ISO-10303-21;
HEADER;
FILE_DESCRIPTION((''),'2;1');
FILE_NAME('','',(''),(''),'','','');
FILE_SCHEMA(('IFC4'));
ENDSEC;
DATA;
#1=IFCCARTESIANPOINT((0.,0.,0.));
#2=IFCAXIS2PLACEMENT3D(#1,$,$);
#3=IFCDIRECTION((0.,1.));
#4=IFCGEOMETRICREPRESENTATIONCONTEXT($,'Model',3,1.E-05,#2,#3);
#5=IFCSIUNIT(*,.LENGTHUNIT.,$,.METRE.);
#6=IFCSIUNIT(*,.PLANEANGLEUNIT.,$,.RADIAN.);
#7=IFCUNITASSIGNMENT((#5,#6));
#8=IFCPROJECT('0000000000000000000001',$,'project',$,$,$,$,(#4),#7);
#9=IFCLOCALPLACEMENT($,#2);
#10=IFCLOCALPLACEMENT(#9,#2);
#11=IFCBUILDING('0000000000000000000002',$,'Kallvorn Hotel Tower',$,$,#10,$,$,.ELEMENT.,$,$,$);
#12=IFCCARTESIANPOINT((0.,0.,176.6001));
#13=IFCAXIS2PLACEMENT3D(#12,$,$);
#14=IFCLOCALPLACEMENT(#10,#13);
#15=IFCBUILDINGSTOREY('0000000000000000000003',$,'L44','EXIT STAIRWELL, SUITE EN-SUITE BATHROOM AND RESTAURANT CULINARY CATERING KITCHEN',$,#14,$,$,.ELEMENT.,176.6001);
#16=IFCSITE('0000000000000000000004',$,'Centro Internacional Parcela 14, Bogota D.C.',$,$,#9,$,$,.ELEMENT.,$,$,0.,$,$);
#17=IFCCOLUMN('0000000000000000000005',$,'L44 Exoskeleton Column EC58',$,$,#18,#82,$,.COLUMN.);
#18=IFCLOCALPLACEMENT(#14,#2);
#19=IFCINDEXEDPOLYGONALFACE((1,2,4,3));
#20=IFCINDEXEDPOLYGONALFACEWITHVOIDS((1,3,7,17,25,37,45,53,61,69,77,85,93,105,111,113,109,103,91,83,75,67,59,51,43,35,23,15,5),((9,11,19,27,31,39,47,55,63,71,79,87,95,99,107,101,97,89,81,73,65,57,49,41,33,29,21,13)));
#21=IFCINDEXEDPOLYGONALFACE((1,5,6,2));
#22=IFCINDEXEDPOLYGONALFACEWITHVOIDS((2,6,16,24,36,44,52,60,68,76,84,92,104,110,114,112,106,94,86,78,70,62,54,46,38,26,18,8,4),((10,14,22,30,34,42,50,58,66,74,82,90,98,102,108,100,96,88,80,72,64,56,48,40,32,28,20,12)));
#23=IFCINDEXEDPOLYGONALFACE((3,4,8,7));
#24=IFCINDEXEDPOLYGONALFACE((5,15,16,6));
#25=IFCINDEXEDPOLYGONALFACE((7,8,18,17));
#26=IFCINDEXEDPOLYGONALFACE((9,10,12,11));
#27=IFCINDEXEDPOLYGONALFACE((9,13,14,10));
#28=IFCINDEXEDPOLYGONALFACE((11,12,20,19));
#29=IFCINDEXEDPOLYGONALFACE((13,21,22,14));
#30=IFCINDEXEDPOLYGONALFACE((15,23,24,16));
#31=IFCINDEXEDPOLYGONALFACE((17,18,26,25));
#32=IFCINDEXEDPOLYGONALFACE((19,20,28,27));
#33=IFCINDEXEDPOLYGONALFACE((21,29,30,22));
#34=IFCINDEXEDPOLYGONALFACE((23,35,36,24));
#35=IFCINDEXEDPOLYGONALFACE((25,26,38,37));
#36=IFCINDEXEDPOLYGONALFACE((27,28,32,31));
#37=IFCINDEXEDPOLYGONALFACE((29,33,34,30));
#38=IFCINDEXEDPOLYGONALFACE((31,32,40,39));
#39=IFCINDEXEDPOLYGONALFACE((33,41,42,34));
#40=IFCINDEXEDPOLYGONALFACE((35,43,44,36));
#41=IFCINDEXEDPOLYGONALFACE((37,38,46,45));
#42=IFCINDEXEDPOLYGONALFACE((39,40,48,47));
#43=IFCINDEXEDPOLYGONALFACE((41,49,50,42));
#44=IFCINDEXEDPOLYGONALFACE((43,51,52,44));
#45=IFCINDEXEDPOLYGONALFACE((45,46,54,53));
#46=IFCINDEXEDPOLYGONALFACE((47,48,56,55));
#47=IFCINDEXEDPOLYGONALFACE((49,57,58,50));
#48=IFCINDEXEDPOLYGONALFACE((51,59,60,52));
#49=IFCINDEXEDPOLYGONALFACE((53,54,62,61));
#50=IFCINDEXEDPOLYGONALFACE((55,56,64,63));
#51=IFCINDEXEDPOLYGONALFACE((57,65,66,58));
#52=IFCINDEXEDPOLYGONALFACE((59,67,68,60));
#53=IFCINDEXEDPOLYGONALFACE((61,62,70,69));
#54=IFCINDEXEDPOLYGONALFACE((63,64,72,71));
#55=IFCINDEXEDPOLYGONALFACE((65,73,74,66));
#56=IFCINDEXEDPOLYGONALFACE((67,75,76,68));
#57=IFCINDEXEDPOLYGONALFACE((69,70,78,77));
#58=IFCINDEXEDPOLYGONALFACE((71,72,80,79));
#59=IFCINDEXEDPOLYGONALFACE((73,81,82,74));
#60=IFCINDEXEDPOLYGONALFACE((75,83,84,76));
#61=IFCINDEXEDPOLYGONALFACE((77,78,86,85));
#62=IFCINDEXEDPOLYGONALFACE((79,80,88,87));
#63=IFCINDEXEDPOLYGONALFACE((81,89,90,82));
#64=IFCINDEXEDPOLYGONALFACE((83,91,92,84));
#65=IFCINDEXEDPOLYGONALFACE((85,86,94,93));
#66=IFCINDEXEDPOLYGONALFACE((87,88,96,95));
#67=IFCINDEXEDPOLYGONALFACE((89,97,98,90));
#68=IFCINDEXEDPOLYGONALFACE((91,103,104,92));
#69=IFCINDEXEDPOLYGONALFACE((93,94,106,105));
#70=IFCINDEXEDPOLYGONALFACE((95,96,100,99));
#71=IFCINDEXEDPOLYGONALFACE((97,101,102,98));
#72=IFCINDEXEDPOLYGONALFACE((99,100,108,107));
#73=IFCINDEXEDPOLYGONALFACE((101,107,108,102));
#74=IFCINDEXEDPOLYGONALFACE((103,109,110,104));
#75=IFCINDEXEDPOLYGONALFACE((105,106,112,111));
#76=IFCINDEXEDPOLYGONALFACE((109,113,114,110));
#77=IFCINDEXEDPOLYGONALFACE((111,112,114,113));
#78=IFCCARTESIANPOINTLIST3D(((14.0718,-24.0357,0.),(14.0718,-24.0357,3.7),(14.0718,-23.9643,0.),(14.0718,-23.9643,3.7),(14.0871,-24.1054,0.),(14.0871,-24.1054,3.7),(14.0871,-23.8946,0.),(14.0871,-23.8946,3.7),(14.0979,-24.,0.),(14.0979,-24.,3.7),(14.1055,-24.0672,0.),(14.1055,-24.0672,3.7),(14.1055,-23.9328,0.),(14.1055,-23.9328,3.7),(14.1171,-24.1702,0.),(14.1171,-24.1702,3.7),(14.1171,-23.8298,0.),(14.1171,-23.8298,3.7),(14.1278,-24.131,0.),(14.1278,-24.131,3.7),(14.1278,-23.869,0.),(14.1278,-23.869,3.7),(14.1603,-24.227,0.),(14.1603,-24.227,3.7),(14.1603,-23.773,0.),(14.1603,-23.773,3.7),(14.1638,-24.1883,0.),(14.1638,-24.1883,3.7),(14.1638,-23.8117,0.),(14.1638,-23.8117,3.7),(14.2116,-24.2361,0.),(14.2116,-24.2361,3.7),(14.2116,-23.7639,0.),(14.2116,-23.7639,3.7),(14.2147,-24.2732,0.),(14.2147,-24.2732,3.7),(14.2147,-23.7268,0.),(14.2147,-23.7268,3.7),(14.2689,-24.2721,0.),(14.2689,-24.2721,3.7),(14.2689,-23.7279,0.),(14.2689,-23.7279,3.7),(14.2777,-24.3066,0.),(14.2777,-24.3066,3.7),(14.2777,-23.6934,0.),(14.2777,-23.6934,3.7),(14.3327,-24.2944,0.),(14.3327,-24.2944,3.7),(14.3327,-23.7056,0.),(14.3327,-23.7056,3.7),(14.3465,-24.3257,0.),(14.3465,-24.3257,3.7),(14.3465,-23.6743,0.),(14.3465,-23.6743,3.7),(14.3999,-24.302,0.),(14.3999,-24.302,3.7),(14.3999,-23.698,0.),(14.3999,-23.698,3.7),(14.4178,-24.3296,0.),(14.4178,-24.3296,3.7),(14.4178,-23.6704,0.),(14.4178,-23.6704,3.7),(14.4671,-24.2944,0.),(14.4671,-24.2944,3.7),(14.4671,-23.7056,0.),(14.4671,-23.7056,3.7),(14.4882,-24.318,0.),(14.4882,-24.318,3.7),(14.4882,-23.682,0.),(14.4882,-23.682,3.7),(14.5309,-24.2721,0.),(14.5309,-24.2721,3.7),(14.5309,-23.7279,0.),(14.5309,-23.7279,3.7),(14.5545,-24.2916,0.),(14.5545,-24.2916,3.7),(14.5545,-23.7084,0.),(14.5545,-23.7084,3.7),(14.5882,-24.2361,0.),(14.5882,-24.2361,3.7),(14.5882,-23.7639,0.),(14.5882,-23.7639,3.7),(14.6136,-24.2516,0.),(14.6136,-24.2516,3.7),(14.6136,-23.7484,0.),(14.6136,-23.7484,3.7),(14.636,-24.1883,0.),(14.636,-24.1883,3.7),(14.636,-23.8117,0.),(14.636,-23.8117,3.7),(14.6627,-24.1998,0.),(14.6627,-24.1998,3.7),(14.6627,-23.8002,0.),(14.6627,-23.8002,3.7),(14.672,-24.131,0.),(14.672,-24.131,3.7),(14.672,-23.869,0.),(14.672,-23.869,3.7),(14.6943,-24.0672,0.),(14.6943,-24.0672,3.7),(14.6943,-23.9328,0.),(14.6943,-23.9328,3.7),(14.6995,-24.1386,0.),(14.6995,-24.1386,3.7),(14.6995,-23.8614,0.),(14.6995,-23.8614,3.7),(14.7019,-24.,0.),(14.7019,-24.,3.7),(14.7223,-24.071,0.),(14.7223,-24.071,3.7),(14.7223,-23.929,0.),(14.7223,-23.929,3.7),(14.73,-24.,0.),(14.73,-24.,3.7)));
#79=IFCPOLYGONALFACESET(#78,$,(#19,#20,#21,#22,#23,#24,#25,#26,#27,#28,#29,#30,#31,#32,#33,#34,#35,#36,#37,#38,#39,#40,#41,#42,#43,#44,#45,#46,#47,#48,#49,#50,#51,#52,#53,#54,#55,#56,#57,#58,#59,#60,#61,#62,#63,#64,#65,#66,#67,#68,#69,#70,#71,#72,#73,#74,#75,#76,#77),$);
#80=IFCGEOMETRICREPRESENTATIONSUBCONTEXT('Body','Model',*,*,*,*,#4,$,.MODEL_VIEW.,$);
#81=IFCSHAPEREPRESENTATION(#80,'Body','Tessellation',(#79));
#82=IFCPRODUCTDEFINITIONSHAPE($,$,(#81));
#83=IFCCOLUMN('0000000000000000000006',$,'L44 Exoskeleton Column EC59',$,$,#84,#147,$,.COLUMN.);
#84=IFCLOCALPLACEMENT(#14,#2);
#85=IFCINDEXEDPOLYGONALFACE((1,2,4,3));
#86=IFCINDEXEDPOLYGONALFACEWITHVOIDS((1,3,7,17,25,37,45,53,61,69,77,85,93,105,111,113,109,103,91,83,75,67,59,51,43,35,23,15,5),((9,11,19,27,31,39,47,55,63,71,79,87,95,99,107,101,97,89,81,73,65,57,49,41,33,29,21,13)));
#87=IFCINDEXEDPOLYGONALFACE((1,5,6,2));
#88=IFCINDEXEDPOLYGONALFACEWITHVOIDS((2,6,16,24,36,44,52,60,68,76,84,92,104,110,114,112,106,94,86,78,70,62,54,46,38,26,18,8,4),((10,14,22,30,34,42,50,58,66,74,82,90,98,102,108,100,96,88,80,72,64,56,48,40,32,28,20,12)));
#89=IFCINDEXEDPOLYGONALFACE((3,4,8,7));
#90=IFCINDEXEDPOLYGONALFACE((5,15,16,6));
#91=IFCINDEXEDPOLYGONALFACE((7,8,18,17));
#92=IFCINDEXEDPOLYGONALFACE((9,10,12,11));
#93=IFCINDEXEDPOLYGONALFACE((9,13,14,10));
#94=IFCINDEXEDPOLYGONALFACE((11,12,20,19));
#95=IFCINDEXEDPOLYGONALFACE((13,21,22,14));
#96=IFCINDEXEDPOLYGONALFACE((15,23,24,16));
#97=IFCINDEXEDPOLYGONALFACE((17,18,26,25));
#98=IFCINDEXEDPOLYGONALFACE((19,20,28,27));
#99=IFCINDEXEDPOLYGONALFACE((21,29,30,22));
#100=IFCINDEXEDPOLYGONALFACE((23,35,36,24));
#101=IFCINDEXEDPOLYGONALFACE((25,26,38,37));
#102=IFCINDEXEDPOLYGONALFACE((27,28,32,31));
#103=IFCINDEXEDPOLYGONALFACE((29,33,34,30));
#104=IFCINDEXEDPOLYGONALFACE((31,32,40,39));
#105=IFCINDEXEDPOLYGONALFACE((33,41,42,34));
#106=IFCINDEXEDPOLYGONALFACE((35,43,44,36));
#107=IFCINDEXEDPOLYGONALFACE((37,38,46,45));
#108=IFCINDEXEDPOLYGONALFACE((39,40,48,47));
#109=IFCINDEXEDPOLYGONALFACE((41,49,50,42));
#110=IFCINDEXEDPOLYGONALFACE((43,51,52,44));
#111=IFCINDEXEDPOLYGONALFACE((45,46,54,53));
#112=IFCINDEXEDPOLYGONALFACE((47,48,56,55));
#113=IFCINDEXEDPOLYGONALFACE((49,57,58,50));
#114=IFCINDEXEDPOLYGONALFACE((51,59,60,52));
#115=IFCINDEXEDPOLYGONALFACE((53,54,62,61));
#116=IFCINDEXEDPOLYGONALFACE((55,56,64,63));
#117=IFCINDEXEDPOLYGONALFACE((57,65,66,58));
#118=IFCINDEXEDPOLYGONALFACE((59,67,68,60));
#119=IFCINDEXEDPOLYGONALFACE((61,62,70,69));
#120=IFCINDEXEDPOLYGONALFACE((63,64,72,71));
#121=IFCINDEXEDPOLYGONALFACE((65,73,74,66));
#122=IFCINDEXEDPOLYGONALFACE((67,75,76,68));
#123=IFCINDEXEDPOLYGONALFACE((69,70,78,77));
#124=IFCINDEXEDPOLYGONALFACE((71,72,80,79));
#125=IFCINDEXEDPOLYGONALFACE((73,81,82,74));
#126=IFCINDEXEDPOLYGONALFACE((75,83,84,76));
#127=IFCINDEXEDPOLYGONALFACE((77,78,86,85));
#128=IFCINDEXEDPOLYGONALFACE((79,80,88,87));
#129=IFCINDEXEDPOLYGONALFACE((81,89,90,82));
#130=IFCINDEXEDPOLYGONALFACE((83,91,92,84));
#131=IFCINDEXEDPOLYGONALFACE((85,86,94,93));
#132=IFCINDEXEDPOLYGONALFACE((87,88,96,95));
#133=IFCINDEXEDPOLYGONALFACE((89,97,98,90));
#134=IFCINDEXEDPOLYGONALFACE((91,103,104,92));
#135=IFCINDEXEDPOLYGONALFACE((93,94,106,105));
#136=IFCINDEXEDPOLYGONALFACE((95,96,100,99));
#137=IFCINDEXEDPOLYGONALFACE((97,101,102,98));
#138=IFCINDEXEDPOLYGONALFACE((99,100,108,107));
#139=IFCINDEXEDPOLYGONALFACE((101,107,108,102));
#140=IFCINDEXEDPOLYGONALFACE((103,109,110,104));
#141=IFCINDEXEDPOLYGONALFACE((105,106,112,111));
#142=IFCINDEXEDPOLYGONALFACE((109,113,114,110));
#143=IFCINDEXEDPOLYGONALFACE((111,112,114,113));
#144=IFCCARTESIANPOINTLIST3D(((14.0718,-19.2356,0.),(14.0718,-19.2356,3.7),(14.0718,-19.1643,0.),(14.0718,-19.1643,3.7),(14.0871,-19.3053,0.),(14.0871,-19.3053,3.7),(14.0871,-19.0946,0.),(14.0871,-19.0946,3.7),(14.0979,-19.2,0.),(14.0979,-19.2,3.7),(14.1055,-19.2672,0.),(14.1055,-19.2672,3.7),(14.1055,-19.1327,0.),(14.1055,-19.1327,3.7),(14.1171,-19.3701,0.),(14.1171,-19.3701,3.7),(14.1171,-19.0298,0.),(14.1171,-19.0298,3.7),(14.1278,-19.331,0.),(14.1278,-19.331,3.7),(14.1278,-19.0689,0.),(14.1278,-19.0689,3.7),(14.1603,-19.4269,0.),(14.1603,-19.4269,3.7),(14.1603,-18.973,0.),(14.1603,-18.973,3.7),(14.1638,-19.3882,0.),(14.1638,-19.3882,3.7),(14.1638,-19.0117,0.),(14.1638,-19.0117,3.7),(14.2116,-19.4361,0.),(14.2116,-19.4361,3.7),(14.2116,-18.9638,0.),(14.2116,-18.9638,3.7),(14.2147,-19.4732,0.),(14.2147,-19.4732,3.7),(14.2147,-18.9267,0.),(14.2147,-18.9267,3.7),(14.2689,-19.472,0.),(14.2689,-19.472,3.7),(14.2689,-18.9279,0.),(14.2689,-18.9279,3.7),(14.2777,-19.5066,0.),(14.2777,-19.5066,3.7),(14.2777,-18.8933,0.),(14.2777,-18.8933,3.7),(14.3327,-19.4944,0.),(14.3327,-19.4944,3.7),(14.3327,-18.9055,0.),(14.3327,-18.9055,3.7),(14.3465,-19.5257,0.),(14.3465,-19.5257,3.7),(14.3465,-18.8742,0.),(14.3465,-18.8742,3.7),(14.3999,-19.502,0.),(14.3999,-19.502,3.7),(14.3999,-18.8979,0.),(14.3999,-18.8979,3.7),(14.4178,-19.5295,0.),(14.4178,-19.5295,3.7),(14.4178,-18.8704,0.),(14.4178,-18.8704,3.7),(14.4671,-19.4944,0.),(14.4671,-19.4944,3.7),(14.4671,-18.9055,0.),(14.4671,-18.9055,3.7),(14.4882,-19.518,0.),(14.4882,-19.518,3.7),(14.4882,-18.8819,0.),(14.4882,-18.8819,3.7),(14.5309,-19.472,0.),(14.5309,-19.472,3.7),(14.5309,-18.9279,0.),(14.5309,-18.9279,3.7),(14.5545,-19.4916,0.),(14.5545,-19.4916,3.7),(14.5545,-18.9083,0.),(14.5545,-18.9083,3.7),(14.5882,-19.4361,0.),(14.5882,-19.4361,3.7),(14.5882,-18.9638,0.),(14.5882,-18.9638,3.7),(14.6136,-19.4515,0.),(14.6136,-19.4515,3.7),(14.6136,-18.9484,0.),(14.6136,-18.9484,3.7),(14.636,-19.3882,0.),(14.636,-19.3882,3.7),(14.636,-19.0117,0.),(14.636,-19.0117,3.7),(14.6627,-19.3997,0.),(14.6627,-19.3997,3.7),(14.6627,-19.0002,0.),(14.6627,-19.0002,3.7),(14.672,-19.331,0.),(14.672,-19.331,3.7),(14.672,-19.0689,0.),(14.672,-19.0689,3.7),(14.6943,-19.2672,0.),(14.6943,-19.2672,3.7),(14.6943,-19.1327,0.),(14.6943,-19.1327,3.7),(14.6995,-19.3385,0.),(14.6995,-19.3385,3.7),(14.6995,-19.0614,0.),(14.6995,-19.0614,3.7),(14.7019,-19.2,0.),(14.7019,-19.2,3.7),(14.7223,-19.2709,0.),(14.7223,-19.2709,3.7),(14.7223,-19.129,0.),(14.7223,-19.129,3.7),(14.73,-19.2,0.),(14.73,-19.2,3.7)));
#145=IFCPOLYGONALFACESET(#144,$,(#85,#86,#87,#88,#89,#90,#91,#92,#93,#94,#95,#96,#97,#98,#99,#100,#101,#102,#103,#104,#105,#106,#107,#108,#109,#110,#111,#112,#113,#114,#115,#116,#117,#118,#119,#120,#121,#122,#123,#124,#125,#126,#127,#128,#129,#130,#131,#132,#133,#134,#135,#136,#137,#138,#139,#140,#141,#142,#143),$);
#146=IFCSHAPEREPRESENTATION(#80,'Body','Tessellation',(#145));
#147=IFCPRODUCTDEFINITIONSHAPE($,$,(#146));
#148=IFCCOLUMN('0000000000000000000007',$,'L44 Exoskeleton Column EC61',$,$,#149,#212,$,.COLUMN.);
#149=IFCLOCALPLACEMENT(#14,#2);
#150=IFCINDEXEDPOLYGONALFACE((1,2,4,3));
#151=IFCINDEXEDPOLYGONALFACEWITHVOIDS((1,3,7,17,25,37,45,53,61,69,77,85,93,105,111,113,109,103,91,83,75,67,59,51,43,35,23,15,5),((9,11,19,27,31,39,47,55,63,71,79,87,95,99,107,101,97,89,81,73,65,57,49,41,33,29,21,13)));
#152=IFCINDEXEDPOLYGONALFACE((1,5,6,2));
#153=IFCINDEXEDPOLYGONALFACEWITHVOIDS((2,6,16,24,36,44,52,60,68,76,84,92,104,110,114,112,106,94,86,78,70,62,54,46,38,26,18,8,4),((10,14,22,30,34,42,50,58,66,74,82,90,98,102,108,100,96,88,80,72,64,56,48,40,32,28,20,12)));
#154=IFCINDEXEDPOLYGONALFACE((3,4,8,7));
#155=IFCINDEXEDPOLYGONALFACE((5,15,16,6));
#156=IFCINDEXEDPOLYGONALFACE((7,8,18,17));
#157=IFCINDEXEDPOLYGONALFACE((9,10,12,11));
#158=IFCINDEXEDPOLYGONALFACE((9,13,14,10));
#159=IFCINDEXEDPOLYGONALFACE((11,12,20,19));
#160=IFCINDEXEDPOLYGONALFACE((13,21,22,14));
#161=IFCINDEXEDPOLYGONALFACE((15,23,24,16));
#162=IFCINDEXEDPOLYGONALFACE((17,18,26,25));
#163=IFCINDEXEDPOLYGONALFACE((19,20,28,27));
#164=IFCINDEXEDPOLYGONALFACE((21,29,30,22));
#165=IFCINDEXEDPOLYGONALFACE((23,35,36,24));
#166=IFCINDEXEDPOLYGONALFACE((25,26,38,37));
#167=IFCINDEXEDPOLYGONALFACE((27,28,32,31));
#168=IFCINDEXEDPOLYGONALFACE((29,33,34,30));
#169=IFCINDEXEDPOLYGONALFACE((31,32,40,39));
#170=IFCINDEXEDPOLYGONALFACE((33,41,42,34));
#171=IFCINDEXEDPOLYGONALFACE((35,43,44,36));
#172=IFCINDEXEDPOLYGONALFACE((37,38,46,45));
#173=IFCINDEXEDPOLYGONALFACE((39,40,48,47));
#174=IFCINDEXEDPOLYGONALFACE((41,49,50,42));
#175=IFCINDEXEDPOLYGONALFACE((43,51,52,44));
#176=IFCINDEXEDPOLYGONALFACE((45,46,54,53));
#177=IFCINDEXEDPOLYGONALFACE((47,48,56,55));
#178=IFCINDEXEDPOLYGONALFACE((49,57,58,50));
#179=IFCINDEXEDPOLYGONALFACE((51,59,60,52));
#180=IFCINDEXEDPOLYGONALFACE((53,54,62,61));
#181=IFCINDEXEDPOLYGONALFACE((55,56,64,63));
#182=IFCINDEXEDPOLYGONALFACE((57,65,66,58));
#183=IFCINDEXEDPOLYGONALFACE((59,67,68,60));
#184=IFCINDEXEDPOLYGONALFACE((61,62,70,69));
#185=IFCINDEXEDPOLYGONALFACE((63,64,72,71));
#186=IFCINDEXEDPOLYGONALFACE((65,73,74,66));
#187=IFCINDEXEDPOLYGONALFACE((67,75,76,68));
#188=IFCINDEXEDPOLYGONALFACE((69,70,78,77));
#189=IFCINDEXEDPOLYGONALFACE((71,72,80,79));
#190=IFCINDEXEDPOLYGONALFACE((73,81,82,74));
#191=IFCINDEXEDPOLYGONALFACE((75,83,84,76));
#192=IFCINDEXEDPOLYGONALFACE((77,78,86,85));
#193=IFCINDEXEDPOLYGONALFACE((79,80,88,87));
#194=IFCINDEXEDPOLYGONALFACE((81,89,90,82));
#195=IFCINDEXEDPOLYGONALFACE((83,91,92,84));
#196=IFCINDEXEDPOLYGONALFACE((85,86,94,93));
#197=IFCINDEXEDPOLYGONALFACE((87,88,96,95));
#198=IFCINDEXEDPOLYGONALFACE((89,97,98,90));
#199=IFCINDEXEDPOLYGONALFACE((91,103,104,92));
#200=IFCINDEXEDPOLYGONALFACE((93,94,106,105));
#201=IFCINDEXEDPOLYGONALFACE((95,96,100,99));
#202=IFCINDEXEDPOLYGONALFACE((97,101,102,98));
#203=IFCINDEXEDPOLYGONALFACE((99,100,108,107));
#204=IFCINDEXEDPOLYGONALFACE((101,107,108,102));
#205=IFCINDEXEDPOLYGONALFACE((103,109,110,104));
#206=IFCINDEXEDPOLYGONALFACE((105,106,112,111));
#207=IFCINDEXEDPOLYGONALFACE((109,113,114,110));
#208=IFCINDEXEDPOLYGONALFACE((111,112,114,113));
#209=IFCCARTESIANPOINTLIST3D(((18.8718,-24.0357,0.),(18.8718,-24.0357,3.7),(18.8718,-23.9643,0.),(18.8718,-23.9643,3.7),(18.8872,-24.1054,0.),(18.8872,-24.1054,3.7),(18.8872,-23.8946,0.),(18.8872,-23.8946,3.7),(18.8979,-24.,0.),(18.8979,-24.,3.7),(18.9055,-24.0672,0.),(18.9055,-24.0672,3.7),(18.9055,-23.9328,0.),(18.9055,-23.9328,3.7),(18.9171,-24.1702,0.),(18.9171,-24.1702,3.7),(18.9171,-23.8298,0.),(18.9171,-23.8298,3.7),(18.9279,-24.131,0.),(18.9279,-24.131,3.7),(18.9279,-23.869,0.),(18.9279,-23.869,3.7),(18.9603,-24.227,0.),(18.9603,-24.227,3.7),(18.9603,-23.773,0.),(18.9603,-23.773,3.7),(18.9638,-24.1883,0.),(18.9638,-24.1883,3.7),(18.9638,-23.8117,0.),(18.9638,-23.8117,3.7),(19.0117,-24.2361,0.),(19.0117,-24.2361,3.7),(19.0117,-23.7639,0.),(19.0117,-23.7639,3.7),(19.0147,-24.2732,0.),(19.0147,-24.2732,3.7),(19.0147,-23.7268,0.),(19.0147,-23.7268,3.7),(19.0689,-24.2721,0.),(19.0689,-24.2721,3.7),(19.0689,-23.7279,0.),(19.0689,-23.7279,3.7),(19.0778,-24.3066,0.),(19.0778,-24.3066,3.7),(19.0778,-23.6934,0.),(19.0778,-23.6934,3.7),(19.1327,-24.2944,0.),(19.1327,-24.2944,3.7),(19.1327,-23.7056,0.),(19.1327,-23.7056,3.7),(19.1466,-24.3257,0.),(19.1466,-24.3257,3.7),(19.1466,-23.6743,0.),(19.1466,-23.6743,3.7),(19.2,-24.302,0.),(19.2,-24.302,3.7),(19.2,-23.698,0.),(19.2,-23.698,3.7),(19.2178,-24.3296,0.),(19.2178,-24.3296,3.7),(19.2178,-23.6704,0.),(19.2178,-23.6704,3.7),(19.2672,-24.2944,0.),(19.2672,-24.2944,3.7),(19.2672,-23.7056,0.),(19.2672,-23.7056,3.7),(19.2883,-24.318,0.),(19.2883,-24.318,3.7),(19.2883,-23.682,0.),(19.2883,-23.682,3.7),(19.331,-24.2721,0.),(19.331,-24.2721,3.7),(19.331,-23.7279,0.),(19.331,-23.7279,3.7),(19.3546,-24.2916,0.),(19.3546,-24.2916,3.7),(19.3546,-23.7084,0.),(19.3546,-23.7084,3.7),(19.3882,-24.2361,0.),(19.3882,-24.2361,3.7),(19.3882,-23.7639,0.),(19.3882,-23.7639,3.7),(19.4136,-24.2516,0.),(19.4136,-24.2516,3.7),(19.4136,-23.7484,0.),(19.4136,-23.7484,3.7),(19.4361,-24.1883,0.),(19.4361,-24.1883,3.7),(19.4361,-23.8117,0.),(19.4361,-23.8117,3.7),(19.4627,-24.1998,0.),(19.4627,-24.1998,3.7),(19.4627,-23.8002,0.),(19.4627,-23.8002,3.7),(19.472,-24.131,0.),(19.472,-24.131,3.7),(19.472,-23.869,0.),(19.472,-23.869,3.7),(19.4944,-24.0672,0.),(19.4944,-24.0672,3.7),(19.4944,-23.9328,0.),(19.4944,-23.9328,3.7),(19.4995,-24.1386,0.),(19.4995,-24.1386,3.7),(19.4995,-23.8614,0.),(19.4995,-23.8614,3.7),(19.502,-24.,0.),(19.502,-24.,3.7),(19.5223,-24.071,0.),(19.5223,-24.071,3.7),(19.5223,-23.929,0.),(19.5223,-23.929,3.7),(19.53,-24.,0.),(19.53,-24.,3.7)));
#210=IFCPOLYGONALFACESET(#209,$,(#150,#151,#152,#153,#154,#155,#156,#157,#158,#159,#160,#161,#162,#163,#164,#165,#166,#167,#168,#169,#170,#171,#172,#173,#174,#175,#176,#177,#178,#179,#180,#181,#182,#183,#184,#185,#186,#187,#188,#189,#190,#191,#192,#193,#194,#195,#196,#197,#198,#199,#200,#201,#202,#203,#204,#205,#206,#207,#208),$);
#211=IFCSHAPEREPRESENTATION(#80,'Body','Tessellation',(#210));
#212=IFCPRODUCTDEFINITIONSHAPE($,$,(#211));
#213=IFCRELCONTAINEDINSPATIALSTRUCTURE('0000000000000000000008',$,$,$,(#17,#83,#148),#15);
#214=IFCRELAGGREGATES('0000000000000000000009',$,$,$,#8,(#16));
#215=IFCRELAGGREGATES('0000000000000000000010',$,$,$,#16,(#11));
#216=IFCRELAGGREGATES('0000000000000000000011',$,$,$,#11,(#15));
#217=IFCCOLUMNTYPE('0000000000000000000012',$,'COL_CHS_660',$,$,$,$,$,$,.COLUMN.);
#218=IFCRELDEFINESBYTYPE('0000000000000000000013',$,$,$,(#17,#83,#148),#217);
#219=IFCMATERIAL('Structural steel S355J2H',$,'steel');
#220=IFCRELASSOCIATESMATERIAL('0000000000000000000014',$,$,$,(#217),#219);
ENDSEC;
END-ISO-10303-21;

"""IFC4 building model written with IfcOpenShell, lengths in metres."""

from ifc_helpers import new_model, si_unit, direction, frame, origin, origin_2d, place, context, subcontext, project, spatial, hollow_circle, extrude, material, material_profile, profile_set, type_object, element, save


model = new_model("IFC4")

# Units and contexts
model_context = context("Model", 3, precision=1e-05, world=origin(), true_north=direction((0.0, 1.0)))
body_context = subcontext(model_context, "Body", "Model", "MODEL_VIEW")
ifc_project = project(units=[si_unit("LENGTHUNIT", "METRE"), si_unit("PLANEANGLEUNIT", "RADIAN")], contexts=[model_context])

# Site, building, storey
site_placement = place(None, origin())
site = spatial("IfcSite", under=ifc_project, at=site_placement, Name="Centro Internacional Parcela 14, Bogota D.C.", CompositionType="ELEMENT", RefElevation=0.0)
building_placement = place(site_placement, origin())
building = spatial("IfcBuilding", under=site, at=building_placement, Name="Kallvorn Hotel Tower", CompositionType="ELEMENT")
storey_placement = place(building_placement, frame((0.0, 0.0, 176.6001)))
storey = spatial("IfcBuildingStorey", under=building, at=storey_placement, Name="L44", Description="EXIT STAIRWELL, SUITE EN-SUITE BATHROOM AND RESTAURANT CULINARY CATERING KITCHEN", CompositionType="ELEMENT", Elevation=176.6001)

# Columns
ifc_material_1 = material(Name="Structural steel S355J2H", Category="steel")
ifc_material_profile_1 = material_profile(ifc_material_1, hollow_circle(Radius=0.3301, WallThickness=0.0281, at=origin_2d()), Name="CHS 660x28")
ifc_profile_set_1 = profile_set([ifc_material_profile_1], Name="Structural steel S355J2H")
column_type = type_object("IfcColumnType", Name="COL_CHS_660", PredefinedType="COLUMN", material=ifc_profile_set_1)
for number, where, z_axis, x_axis, name in (
    (1, (14.3999, -24.0, 0.0), (0.0, 0.0, 1.0), (1.0, 0.0, 0.0), "L44 Exoskeleton Column EC58"),
    (2, (14.3999, -19.2, 0.0), (0.0, 0.0, 1.0), (1.0, 0.0, 0.0), "L44 Exoskeleton Column EC59"),
    (3, (19.2, -24.0, 0.0), (0.0, 0.0, 1.0), (1.0, 0.0, 0.0), "L44 Exoskeleton Column EC61"),
):
    element("IfcColumn", number, at=place(storey_placement, frame(where, z_axis=z_axis, x_axis=x_axis)), inside=storey, type_object=column_type, Name=name, PredefinedType="COLUMN", context=body_context, shape_type="SweptSolid", body=[
        extrude(hollow_circle(Radius=0.3301, WallThickness=0.0281, at=origin_2d()), origin(), (0.0, 0.0, 1.0), 3.7),
    ])

save(model, "model.ifc")
